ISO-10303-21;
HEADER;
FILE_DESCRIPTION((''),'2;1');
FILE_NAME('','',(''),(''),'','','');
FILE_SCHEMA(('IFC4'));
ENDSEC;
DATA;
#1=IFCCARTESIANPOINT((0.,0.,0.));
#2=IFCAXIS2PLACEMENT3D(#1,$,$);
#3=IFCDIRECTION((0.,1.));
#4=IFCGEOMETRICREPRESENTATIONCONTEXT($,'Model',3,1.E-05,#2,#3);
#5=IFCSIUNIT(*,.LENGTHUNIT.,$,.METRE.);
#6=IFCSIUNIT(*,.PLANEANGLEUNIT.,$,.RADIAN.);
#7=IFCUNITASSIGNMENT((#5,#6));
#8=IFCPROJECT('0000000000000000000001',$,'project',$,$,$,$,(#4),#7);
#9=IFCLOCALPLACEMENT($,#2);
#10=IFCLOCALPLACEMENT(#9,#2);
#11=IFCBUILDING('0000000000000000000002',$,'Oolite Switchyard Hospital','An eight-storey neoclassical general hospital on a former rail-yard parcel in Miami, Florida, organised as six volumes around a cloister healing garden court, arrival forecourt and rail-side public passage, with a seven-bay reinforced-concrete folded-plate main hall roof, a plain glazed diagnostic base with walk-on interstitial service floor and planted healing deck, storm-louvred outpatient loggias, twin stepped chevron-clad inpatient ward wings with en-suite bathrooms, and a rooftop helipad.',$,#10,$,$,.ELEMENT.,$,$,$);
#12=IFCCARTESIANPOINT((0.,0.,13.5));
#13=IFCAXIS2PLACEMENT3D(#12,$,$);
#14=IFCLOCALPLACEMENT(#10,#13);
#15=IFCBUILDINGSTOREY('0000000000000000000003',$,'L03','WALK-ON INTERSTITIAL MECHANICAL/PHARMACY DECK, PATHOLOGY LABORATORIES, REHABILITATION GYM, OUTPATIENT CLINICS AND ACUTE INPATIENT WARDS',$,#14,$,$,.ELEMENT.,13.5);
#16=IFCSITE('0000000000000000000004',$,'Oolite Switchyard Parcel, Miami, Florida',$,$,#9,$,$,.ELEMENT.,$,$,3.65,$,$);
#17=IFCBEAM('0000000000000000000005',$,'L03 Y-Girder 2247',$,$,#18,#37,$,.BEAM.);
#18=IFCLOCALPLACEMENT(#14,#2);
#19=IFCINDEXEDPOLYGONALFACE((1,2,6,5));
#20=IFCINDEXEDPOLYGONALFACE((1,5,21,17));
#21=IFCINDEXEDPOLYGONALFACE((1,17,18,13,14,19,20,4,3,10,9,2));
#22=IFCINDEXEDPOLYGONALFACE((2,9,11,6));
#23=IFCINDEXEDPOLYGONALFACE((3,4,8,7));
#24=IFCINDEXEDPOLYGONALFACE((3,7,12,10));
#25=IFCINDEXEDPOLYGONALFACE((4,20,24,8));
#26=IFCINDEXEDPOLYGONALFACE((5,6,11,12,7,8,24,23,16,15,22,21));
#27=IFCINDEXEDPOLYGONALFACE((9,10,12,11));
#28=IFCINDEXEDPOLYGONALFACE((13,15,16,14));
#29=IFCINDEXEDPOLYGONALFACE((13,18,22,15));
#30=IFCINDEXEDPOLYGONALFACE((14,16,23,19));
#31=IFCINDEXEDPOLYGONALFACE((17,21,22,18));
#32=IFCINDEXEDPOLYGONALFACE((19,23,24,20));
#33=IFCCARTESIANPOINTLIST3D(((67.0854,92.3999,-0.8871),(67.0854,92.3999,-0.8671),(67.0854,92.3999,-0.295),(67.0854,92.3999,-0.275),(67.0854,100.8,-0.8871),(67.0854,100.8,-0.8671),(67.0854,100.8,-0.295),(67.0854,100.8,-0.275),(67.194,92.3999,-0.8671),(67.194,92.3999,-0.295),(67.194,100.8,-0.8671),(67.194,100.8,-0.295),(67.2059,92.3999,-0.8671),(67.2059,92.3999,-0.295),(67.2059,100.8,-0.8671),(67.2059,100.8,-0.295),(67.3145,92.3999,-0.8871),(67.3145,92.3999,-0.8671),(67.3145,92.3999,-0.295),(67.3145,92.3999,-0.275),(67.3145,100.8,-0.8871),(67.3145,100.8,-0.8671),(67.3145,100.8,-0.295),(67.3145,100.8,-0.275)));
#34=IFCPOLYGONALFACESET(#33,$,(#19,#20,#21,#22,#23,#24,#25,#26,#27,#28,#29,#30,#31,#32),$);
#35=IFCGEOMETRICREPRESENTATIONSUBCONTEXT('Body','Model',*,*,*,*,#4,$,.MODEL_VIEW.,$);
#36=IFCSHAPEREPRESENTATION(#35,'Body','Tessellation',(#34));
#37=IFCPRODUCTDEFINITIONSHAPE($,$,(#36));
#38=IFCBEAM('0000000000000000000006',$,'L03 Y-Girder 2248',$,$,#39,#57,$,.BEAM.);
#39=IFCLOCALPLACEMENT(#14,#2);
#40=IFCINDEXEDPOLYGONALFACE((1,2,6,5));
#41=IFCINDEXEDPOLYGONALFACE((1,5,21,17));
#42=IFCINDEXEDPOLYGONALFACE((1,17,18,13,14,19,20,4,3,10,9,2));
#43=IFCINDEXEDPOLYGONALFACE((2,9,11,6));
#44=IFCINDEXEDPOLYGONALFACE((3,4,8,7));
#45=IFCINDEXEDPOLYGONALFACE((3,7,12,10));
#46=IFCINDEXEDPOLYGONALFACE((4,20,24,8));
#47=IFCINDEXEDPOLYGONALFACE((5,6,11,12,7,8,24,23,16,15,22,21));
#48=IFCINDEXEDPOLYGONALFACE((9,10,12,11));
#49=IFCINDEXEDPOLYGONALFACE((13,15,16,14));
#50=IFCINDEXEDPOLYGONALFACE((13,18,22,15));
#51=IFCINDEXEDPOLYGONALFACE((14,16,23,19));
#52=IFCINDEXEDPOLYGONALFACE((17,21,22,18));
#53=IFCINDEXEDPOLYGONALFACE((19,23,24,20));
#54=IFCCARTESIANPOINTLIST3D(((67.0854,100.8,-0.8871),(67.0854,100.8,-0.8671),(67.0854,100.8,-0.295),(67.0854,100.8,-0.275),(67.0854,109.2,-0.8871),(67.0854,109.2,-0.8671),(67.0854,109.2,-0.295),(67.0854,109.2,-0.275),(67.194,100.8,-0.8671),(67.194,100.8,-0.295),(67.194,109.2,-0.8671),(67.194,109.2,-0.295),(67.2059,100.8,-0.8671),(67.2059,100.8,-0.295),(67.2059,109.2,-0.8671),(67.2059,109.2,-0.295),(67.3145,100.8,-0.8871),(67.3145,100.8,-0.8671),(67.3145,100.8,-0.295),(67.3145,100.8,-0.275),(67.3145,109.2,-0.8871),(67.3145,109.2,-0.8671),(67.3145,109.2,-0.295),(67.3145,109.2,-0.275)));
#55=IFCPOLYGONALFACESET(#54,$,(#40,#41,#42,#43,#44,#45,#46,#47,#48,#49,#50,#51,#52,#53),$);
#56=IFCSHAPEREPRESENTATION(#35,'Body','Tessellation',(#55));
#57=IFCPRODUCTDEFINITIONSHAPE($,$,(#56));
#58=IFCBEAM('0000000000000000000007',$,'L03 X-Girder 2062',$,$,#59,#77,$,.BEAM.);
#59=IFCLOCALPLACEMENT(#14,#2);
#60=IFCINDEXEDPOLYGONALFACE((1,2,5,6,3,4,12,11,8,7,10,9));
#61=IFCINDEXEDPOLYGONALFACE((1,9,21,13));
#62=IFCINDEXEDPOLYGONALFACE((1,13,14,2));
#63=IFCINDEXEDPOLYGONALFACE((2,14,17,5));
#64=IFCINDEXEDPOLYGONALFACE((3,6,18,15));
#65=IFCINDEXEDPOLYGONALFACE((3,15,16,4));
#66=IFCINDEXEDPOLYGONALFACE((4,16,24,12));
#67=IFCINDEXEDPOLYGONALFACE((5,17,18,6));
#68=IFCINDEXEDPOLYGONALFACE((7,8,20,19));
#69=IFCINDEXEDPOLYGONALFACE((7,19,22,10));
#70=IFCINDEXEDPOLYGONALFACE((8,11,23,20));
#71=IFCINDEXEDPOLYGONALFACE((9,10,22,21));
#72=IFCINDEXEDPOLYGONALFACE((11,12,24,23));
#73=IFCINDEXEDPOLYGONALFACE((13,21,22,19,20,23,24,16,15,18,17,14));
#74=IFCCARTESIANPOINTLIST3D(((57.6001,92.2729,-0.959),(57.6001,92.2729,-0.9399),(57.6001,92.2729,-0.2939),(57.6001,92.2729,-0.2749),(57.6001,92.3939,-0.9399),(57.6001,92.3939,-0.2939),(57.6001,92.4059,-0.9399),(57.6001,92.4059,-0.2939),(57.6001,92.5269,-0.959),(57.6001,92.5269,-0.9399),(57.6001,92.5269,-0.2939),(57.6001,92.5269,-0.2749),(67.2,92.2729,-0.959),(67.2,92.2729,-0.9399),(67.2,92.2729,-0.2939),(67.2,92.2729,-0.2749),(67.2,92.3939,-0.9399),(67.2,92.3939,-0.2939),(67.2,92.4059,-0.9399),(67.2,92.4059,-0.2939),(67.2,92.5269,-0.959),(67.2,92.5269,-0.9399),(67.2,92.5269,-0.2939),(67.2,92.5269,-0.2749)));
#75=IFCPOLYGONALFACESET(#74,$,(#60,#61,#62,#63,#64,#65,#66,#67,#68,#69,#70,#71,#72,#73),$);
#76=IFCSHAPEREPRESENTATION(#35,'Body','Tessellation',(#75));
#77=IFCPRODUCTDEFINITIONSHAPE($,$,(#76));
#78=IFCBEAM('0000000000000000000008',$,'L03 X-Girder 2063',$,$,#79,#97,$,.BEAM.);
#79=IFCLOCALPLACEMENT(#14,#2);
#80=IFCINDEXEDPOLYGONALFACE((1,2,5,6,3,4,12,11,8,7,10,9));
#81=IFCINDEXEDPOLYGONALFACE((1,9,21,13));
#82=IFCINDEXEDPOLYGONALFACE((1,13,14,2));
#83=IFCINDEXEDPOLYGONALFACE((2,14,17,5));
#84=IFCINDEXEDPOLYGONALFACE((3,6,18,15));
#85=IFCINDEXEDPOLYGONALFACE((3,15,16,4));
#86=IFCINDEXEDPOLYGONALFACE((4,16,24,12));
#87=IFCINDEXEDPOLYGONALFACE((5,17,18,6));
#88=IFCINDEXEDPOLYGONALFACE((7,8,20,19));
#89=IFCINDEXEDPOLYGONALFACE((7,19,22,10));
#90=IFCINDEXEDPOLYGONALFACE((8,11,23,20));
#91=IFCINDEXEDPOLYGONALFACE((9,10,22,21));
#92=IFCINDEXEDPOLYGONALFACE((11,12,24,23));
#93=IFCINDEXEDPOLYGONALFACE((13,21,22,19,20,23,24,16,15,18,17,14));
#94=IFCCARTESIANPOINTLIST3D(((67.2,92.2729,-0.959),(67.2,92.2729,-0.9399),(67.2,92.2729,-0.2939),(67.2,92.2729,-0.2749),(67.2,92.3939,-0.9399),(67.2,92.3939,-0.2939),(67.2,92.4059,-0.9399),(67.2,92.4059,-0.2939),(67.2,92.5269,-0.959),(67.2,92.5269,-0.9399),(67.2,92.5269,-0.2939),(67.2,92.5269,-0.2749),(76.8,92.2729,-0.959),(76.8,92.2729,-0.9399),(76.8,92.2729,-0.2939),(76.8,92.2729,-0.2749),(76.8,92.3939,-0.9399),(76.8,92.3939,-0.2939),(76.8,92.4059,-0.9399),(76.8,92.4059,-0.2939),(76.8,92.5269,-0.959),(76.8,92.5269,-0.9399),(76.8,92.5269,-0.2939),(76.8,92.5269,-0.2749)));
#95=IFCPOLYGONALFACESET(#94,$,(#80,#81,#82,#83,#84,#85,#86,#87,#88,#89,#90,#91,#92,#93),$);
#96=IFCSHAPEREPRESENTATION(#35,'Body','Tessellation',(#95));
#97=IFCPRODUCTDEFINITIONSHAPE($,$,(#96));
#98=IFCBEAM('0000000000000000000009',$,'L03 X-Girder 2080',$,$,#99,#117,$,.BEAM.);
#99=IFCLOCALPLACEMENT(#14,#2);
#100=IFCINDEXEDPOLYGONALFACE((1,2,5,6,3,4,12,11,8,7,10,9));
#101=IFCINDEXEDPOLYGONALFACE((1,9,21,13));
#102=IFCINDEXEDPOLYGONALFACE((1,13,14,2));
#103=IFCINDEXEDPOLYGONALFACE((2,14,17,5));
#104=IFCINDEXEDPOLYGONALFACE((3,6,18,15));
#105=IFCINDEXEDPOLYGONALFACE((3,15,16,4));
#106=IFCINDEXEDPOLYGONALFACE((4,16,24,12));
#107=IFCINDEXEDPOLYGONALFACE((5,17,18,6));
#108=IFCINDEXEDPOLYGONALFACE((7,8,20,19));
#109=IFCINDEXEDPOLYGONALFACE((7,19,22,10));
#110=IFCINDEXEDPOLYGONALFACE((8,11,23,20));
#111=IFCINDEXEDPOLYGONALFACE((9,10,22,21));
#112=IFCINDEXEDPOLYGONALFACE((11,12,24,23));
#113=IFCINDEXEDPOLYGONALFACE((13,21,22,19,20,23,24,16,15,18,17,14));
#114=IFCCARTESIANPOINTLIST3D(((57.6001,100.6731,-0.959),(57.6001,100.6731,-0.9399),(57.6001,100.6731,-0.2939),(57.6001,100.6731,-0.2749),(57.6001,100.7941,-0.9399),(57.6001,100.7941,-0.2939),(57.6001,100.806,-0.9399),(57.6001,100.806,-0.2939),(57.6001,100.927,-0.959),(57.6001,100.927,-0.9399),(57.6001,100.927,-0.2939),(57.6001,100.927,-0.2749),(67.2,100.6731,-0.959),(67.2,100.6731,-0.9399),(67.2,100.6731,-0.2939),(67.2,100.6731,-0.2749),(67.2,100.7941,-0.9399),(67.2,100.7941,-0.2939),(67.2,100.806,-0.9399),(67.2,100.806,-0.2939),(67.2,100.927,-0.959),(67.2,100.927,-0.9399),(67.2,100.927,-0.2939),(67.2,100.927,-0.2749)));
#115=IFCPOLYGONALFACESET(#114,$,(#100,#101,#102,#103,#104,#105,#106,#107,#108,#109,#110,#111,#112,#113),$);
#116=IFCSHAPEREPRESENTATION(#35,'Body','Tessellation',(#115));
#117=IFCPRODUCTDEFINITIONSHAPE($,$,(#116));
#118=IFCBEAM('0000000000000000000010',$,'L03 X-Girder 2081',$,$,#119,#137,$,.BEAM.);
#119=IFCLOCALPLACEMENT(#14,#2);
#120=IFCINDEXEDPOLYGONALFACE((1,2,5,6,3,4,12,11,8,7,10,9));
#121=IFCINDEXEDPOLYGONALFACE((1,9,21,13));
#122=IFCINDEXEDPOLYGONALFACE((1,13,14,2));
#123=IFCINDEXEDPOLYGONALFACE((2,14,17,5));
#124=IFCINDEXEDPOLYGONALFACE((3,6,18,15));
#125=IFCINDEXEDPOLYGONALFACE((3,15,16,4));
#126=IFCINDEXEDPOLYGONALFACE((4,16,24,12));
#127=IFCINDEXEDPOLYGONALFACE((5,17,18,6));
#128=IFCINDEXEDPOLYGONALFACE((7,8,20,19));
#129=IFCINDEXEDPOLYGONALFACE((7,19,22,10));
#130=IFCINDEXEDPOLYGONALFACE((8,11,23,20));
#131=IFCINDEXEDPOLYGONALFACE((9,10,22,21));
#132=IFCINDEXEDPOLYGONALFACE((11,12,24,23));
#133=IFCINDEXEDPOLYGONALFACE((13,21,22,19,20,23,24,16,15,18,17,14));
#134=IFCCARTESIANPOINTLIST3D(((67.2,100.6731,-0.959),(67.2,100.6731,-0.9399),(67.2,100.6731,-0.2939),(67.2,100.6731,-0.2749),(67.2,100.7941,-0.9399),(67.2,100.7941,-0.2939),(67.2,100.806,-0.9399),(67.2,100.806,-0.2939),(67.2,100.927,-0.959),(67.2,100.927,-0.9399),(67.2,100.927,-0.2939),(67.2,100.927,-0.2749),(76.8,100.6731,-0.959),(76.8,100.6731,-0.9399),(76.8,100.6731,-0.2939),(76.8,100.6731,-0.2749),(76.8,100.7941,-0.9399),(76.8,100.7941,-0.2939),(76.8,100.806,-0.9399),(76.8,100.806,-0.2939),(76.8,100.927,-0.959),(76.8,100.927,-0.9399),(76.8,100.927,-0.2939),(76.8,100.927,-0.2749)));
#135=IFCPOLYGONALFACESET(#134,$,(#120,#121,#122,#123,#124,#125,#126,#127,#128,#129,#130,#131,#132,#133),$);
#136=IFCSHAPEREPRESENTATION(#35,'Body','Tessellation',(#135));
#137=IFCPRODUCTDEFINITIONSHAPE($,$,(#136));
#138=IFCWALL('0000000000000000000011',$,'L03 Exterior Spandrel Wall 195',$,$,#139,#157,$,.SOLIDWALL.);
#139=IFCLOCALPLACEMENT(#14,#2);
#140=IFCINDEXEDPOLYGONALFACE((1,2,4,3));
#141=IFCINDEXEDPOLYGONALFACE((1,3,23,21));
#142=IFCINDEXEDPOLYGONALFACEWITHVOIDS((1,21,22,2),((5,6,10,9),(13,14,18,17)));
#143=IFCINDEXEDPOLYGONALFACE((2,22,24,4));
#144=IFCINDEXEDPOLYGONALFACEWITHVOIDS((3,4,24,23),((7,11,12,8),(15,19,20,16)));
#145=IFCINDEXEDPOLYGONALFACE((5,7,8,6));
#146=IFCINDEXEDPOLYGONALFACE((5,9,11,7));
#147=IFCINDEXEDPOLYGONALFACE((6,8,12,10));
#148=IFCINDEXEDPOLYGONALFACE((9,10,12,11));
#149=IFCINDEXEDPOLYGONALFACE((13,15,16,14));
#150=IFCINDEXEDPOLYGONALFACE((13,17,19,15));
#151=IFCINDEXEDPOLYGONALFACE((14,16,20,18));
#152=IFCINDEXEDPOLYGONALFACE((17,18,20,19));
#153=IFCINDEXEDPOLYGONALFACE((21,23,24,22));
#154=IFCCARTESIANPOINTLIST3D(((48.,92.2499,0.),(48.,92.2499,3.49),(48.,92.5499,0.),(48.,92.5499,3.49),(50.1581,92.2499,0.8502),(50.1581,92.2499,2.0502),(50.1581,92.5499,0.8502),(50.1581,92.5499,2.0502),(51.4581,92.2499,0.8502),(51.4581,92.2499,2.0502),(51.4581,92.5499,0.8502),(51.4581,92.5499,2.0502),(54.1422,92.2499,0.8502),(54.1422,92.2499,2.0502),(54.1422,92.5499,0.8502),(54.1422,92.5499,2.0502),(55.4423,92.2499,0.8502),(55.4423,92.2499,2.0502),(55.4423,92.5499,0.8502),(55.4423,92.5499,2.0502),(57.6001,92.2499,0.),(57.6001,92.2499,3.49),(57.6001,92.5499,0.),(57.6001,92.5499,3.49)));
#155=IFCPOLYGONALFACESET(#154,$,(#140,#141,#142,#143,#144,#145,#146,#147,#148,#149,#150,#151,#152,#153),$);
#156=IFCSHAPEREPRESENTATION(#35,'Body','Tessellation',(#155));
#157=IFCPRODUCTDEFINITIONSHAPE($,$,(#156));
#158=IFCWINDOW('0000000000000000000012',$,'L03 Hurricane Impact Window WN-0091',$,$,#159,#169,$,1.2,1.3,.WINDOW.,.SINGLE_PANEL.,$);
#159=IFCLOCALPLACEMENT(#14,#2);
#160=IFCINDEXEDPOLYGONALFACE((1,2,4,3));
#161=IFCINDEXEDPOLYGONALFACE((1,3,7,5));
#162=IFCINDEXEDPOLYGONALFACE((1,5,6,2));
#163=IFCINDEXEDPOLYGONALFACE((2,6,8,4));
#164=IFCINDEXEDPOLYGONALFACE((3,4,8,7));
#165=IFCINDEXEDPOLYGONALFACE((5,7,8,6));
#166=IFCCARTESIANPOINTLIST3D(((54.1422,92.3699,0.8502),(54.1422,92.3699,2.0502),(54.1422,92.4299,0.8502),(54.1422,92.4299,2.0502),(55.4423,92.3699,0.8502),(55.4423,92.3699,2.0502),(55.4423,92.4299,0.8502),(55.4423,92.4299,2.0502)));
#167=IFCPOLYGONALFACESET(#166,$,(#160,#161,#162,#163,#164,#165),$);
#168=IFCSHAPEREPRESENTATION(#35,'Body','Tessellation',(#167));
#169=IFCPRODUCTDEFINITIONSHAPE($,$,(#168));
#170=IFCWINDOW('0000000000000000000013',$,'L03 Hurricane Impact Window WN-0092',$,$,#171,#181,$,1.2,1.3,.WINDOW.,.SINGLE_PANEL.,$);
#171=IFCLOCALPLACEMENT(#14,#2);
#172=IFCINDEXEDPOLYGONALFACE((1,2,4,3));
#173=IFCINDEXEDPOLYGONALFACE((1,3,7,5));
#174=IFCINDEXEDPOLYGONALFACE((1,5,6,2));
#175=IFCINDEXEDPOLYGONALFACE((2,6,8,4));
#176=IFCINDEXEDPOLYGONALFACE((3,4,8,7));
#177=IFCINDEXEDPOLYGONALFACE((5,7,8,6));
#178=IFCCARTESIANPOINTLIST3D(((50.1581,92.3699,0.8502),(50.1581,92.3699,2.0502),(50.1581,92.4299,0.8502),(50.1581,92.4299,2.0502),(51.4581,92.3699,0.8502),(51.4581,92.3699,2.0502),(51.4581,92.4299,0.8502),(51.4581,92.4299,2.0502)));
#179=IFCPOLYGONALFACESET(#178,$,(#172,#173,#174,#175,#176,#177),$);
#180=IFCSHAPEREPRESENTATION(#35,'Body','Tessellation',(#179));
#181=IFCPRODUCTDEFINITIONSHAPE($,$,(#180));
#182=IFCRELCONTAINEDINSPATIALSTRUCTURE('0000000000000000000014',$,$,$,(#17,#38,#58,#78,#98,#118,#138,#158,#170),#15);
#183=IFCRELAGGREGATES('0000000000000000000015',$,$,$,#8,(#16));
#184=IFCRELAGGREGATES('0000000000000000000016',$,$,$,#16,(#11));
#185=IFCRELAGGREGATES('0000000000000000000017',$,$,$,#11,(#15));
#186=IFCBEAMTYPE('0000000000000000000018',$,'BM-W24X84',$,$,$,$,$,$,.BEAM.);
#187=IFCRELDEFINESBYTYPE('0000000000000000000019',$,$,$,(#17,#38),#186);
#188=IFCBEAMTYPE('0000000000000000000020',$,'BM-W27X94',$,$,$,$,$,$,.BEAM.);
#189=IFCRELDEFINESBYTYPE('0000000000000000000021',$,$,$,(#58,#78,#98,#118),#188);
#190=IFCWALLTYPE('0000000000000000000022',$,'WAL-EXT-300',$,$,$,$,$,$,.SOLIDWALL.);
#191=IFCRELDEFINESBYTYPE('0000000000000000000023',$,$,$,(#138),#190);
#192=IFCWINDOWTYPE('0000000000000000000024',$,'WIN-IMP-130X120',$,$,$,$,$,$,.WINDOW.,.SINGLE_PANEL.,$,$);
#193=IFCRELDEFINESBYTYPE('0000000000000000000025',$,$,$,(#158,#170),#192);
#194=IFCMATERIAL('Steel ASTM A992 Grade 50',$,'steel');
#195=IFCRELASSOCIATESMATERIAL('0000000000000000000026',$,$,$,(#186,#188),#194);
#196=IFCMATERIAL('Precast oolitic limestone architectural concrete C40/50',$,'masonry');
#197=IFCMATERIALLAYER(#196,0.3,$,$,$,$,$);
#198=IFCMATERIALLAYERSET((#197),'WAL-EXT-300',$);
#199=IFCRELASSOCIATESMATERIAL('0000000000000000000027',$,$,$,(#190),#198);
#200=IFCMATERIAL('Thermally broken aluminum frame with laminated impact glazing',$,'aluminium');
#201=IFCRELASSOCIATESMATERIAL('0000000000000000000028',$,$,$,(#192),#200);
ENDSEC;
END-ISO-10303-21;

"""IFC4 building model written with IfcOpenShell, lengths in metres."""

from ifc_helpers import new_model, si_unit, direction, frame, frame_2d, origin, origin_2d, place, context, subcontext, project, spatial, rectangle, i_section, extrude, material, layer, layer_set, material_profile, profile_set, type_object, element, fill, save


model = new_model("IFC4")

# Units and contexts
model_context = context("Model", 3, precision=1e-05, world=origin(), true_north=direction((0.0, 1.0)))
body_context = subcontext(model_context, "Body", "Model", "MODEL_VIEW")
ifc_project = project(units=[si_unit("LENGTHUNIT", "METRE"), si_unit("PLANEANGLEUNIT", "RADIAN")], contexts=[model_context])

# Site, building, storey
site_placement = place(None, origin())
site = spatial("IfcSite", under=ifc_project, at=site_placement, Name="Oolite Switchyard Parcel, Miami, Florida", CompositionType="ELEMENT", RefElevation=3.65)
building_placement = place(site_placement, origin())
building = spatial("IfcBuilding", under=site, at=building_placement, Name="Oolite Switchyard Hospital", Description="An eight-storey neoclassical general hospital on a former rail-yard parcel in Miami, Florida, organised as six volumes around a cloister healing garden court, arrival forecourt and rail-side public passage, with a seven-bay reinforced-concrete folded-plate main hall roof, a plain glazed diagnostic base with walk-on interstitial service floor and planted healing deck, storm-louvred outpatient loggias, twin stepped chevron-clad inpatient ward wings with en-suite bathrooms, and a rooftop helipad.", CompositionType="ELEMENT")
storey_placement = place(building_placement, frame((0.0, 0.0, 13.5)))
storey = spatial("IfcBuildingStorey", under=building, at=storey_placement, Name="L03", Description="WALK-ON INTERSTITIAL MECHANICAL/PHARMACY DECK, PATHOLOGY LABORATORIES, REHABILITATION GYM, OUTPATIENT CLINICS AND ACUTE INPATIENT WARDS", CompositionType="ELEMENT", Elevation=13.5)

# Beams
ifc_material_1 = material(Name="Steel ASTM A992 Grade 50", Category="steel")
ifc_material_profile_1 = material_profile(ifc_material_1, i_section(OverallWidth=0.229, OverallDepth=0.6121, WebThickness=0.012, FlangeThickness=0.02, at=origin_2d()), Name="W24X84")
ifc_profile_set_1 = profile_set([ifc_material_profile_1], Name="Steel ASTM A992 Grade 50")
beam_type_1 = type_object("IfcBeamType", Name="BM-W24X84", PredefinedType="BEAM", material=ifc_profile_set_1)
beam_1_placement = place(storey_placement, frame((67.2, 92.3999, -0.5811), z_axis=(0.0, 1.0, 0.0), x_axis=(-1.0, 0.0, 0.0)))
element("IfcBeam", 1, at=beam_1_placement, inside=storey, type_object=beam_type_1, Name="L03 Y-Girder 2247", PredefinedType="BEAM", context=body_context, shape_type="SweptSolid", body=[
    extrude(i_section(OverallWidth=0.229, OverallDepth=0.6121, WebThickness=0.012, FlangeThickness=0.02, at=origin_2d()), origin(), (0.0, 0.0, 1.0), 8.4001),
])
beam_2_placement = place(storey_placement, frame((67.2, 100.8, -0.5811), z_axis=(0.0, 1.0, 0.0), x_axis=(-1.0, 0.0, 0.0)))
element("IfcBeam", 2, at=beam_2_placement, inside=storey, type_object=beam_type_1, Name="L03 Y-Girder 2248", PredefinedType="BEAM", context=body_context, shape_type="SweptSolid", body=[
    extrude(i_section(OverallWidth=0.229, OverallDepth=0.6121, WebThickness=0.012, FlangeThickness=0.02, at=origin_2d()), origin(), (0.0, 0.0, 1.0), 8.3999),
])
ifc_material_profile_2 = material_profile(ifc_material_1, i_section(OverallWidth=0.2539, OverallDepth=0.6841, WebThickness=0.012, FlangeThickness=0.019, at=origin_2d()), Name="W27X94")
ifc_profile_set_2 = profile_set([ifc_material_profile_2], Name="Steel ASTM A992 Grade 50")
beam_type_2 = type_object("IfcBeamType", Name="BM-W27X94", PredefinedType="BEAM", material=ifc_profile_set_2)
beam_3_placement = place(storey_placement, frame((57.6001, 92.3999, -0.6169), z_axis=(1.0, 0.0, 0.0), x_axis=(0.0, 1.0, 0.0)))
element("IfcBeam", 3, at=beam_3_placement, inside=storey, type_object=beam_type_2, Name="L03 X-Girder 2062", PredefinedType="BEAM", context=body_context, shape_type="SweptSolid", body=[
    extrude(i_section(OverallWidth=0.2539, OverallDepth=0.6841, WebThickness=0.012, FlangeThickness=0.019, at=origin_2d()), origin(), (0.0, 0.0, 1.0), 9.5999),
])
beam_4_placement = place(storey_placement, frame((67.2, 92.3999, -0.6169), z_axis=(1.0, 0.0, 0.0), x_axis=(0.0, 1.0, 0.0)))
element("IfcBeam", 4, at=beam_4_placement, inside=storey, type_object=beam_type_2, Name="L03 X-Girder 2063", PredefinedType="BEAM", context=body_context, shape_type="SweptSolid", body=[
    extrude(i_section(OverallWidth=0.2539, OverallDepth=0.6841, WebThickness=0.012, FlangeThickness=0.019, at=origin_2d()), origin(), (0.0, 0.0, 1.0), 9.6001),
])
beam_5_placement = place(storey_placement, frame((57.6001, 100.8, -0.6169), z_axis=(1.0, 0.0, 0.0), x_axis=(0.0, 1.0, 0.0)))
element("IfcBeam", 5, at=beam_5_placement, inside=storey, type_object=beam_type_2, Name="L03 X-Girder 2080", PredefinedType="BEAM", context=body_context, shape_type="SweptSolid", body=[
    extrude(i_section(OverallWidth=0.2539, OverallDepth=0.6841, WebThickness=0.012, FlangeThickness=0.019, at=origin_2d()), origin(), (0.0, 0.0, 1.0), 9.5999),
])
beam_6_placement = place(storey_placement, frame((67.2, 100.8, -0.6169), z_axis=(1.0, 0.0, 0.0), x_axis=(0.0, 1.0, 0.0)))
element("IfcBeam", 6, at=beam_6_placement, inside=storey, type_object=beam_type_2, Name="L03 X-Girder 2081", PredefinedType="BEAM", context=body_context, shape_type="SweptSolid", body=[
    extrude(i_section(OverallWidth=0.2539, OverallDepth=0.6841, WebThickness=0.012, FlangeThickness=0.019, at=origin_2d()), origin(), (0.0, 0.0, 1.0), 9.6001),
])

# Wall, openings, windows
ifc_material_2 = material(Name="Precast oolitic limestone architectural concrete C40/50", Category="masonry")
ifc_layer_1 = layer(ifc_material_2, 0.3)
ifc_layer_set_1 = layer_set([ifc_layer_1], Name="WAL-EXT-300")
wall_type_1 = type_object("IfcWallType", Name="WAL-EXT-300", PredefinedType="SOLIDWALL", material=ifc_layer_set_1)
wall_1_placement = place(storey_placement, frame((57.6001, 92.3999, 0.0), z_axis=(0.0, 0.0, 1.0), x_axis=(-1.0, 0.0, 0.0)))
wall_1 = element("IfcWall", 7, at=wall_1_placement, inside=storey, type_object=wall_type_1, Name="L03 Exterior Spandrel Wall 195", PredefinedType="SOLIDWALL", context=body_context, shape_type="SweptSolid", body=[
    extrude(rectangle(XDim=9.6001, YDim=0.3, at=frame_2d((4.8, 0.0))), origin(), (0.0, 0.0, 1.0), 3.49),
])
opening_1_placement = place(wall_1_placement, frame((2.158, 0.0, 0.8501)))
opening_1 = element("IfcOpeningElement", 8, at=opening_1_placement, cuts=wall_1, PredefinedType="OPENING", context=body_context, shape_type="SweptSolid", body=[
    extrude(rectangle(XDim=1.3, YDim=1.2, at=frame_2d((0.6499, 0.6001))), frame((0.0, 0.1602, 0.0), z_axis=(0.0, -1.0, 0.0), x_axis=(1.0, 0.0, 0.0)), (0.0, 0.0, 1.0), 0.3201),
])
opening_2_placement = place(wall_1_placement, frame((6.1421, 0.0, 0.8501)))
opening_2 = element("IfcOpeningElement", 9, at=opening_2_placement, cuts=wall_1, PredefinedType="OPENING", context=body_context, shape_type="SweptSolid", body=[
    extrude(rectangle(XDim=1.3, YDim=1.2, at=frame_2d((0.6499, 0.6001))), frame((0.0, 0.1602, 0.0), z_axis=(0.0, -1.0, 0.0), x_axis=(1.0, 0.0, 0.0)), (0.0, 0.0, 1.0), 0.3201),
])
ifc_material_3 = material(Name="Thermally broken aluminum frame with laminated impact glazing", Category="aluminium")
window_type = type_object("IfcWindowType", Name="WIN-IMP-130X120", PartitioningType="SINGLE_PANEL", PredefinedType="WINDOW", material=ifc_material_3)
window_1_placement = place(opening_1_placement, origin())
window_1 = element("IfcWindow", 10, at=window_1_placement, inside=storey, type_object=window_type, Name="L03 Hurricane Impact Window WN-0091", OverallHeight=1.2, OverallWidth=1.3, PartitioningType="SINGLE_PANEL", PredefinedType="WINDOW", context=body_context, shape_type="SweptSolid", body=[
    extrude(rectangle(XDim=1.3, YDim=1.2, at=frame_2d((0.6499, 0.6001))), frame((0.0, 0.03, 0.0), z_axis=(0.0, -1.0, 0.0), x_axis=(1.0, 0.0, 0.0)), (0.0, 0.0, 1.0), 0.0601),
])
fill(opening_1, window_1)
window_2_placement = place(opening_2_placement, origin())
window_2 = element("IfcWindow", 11, at=window_2_placement, inside=storey, type_object=window_type, Name="L03 Hurricane Impact Window WN-0092", OverallHeight=1.2, OverallWidth=1.3, PartitioningType="SINGLE_PANEL", PredefinedType="WINDOW", context=body_context, shape_type="SweptSolid", body=[
    extrude(rectangle(XDim=1.3, YDim=1.2, at=frame_2d((0.6499, 0.6001))), frame((0.0, 0.03, 0.0), z_axis=(0.0, -1.0, 0.0), x_axis=(1.0, 0.0, 0.0)), (0.0, 0.0, 1.0), 0.0601),
])
fill(opening_2, window_2)

save(model, "model.ifc")
